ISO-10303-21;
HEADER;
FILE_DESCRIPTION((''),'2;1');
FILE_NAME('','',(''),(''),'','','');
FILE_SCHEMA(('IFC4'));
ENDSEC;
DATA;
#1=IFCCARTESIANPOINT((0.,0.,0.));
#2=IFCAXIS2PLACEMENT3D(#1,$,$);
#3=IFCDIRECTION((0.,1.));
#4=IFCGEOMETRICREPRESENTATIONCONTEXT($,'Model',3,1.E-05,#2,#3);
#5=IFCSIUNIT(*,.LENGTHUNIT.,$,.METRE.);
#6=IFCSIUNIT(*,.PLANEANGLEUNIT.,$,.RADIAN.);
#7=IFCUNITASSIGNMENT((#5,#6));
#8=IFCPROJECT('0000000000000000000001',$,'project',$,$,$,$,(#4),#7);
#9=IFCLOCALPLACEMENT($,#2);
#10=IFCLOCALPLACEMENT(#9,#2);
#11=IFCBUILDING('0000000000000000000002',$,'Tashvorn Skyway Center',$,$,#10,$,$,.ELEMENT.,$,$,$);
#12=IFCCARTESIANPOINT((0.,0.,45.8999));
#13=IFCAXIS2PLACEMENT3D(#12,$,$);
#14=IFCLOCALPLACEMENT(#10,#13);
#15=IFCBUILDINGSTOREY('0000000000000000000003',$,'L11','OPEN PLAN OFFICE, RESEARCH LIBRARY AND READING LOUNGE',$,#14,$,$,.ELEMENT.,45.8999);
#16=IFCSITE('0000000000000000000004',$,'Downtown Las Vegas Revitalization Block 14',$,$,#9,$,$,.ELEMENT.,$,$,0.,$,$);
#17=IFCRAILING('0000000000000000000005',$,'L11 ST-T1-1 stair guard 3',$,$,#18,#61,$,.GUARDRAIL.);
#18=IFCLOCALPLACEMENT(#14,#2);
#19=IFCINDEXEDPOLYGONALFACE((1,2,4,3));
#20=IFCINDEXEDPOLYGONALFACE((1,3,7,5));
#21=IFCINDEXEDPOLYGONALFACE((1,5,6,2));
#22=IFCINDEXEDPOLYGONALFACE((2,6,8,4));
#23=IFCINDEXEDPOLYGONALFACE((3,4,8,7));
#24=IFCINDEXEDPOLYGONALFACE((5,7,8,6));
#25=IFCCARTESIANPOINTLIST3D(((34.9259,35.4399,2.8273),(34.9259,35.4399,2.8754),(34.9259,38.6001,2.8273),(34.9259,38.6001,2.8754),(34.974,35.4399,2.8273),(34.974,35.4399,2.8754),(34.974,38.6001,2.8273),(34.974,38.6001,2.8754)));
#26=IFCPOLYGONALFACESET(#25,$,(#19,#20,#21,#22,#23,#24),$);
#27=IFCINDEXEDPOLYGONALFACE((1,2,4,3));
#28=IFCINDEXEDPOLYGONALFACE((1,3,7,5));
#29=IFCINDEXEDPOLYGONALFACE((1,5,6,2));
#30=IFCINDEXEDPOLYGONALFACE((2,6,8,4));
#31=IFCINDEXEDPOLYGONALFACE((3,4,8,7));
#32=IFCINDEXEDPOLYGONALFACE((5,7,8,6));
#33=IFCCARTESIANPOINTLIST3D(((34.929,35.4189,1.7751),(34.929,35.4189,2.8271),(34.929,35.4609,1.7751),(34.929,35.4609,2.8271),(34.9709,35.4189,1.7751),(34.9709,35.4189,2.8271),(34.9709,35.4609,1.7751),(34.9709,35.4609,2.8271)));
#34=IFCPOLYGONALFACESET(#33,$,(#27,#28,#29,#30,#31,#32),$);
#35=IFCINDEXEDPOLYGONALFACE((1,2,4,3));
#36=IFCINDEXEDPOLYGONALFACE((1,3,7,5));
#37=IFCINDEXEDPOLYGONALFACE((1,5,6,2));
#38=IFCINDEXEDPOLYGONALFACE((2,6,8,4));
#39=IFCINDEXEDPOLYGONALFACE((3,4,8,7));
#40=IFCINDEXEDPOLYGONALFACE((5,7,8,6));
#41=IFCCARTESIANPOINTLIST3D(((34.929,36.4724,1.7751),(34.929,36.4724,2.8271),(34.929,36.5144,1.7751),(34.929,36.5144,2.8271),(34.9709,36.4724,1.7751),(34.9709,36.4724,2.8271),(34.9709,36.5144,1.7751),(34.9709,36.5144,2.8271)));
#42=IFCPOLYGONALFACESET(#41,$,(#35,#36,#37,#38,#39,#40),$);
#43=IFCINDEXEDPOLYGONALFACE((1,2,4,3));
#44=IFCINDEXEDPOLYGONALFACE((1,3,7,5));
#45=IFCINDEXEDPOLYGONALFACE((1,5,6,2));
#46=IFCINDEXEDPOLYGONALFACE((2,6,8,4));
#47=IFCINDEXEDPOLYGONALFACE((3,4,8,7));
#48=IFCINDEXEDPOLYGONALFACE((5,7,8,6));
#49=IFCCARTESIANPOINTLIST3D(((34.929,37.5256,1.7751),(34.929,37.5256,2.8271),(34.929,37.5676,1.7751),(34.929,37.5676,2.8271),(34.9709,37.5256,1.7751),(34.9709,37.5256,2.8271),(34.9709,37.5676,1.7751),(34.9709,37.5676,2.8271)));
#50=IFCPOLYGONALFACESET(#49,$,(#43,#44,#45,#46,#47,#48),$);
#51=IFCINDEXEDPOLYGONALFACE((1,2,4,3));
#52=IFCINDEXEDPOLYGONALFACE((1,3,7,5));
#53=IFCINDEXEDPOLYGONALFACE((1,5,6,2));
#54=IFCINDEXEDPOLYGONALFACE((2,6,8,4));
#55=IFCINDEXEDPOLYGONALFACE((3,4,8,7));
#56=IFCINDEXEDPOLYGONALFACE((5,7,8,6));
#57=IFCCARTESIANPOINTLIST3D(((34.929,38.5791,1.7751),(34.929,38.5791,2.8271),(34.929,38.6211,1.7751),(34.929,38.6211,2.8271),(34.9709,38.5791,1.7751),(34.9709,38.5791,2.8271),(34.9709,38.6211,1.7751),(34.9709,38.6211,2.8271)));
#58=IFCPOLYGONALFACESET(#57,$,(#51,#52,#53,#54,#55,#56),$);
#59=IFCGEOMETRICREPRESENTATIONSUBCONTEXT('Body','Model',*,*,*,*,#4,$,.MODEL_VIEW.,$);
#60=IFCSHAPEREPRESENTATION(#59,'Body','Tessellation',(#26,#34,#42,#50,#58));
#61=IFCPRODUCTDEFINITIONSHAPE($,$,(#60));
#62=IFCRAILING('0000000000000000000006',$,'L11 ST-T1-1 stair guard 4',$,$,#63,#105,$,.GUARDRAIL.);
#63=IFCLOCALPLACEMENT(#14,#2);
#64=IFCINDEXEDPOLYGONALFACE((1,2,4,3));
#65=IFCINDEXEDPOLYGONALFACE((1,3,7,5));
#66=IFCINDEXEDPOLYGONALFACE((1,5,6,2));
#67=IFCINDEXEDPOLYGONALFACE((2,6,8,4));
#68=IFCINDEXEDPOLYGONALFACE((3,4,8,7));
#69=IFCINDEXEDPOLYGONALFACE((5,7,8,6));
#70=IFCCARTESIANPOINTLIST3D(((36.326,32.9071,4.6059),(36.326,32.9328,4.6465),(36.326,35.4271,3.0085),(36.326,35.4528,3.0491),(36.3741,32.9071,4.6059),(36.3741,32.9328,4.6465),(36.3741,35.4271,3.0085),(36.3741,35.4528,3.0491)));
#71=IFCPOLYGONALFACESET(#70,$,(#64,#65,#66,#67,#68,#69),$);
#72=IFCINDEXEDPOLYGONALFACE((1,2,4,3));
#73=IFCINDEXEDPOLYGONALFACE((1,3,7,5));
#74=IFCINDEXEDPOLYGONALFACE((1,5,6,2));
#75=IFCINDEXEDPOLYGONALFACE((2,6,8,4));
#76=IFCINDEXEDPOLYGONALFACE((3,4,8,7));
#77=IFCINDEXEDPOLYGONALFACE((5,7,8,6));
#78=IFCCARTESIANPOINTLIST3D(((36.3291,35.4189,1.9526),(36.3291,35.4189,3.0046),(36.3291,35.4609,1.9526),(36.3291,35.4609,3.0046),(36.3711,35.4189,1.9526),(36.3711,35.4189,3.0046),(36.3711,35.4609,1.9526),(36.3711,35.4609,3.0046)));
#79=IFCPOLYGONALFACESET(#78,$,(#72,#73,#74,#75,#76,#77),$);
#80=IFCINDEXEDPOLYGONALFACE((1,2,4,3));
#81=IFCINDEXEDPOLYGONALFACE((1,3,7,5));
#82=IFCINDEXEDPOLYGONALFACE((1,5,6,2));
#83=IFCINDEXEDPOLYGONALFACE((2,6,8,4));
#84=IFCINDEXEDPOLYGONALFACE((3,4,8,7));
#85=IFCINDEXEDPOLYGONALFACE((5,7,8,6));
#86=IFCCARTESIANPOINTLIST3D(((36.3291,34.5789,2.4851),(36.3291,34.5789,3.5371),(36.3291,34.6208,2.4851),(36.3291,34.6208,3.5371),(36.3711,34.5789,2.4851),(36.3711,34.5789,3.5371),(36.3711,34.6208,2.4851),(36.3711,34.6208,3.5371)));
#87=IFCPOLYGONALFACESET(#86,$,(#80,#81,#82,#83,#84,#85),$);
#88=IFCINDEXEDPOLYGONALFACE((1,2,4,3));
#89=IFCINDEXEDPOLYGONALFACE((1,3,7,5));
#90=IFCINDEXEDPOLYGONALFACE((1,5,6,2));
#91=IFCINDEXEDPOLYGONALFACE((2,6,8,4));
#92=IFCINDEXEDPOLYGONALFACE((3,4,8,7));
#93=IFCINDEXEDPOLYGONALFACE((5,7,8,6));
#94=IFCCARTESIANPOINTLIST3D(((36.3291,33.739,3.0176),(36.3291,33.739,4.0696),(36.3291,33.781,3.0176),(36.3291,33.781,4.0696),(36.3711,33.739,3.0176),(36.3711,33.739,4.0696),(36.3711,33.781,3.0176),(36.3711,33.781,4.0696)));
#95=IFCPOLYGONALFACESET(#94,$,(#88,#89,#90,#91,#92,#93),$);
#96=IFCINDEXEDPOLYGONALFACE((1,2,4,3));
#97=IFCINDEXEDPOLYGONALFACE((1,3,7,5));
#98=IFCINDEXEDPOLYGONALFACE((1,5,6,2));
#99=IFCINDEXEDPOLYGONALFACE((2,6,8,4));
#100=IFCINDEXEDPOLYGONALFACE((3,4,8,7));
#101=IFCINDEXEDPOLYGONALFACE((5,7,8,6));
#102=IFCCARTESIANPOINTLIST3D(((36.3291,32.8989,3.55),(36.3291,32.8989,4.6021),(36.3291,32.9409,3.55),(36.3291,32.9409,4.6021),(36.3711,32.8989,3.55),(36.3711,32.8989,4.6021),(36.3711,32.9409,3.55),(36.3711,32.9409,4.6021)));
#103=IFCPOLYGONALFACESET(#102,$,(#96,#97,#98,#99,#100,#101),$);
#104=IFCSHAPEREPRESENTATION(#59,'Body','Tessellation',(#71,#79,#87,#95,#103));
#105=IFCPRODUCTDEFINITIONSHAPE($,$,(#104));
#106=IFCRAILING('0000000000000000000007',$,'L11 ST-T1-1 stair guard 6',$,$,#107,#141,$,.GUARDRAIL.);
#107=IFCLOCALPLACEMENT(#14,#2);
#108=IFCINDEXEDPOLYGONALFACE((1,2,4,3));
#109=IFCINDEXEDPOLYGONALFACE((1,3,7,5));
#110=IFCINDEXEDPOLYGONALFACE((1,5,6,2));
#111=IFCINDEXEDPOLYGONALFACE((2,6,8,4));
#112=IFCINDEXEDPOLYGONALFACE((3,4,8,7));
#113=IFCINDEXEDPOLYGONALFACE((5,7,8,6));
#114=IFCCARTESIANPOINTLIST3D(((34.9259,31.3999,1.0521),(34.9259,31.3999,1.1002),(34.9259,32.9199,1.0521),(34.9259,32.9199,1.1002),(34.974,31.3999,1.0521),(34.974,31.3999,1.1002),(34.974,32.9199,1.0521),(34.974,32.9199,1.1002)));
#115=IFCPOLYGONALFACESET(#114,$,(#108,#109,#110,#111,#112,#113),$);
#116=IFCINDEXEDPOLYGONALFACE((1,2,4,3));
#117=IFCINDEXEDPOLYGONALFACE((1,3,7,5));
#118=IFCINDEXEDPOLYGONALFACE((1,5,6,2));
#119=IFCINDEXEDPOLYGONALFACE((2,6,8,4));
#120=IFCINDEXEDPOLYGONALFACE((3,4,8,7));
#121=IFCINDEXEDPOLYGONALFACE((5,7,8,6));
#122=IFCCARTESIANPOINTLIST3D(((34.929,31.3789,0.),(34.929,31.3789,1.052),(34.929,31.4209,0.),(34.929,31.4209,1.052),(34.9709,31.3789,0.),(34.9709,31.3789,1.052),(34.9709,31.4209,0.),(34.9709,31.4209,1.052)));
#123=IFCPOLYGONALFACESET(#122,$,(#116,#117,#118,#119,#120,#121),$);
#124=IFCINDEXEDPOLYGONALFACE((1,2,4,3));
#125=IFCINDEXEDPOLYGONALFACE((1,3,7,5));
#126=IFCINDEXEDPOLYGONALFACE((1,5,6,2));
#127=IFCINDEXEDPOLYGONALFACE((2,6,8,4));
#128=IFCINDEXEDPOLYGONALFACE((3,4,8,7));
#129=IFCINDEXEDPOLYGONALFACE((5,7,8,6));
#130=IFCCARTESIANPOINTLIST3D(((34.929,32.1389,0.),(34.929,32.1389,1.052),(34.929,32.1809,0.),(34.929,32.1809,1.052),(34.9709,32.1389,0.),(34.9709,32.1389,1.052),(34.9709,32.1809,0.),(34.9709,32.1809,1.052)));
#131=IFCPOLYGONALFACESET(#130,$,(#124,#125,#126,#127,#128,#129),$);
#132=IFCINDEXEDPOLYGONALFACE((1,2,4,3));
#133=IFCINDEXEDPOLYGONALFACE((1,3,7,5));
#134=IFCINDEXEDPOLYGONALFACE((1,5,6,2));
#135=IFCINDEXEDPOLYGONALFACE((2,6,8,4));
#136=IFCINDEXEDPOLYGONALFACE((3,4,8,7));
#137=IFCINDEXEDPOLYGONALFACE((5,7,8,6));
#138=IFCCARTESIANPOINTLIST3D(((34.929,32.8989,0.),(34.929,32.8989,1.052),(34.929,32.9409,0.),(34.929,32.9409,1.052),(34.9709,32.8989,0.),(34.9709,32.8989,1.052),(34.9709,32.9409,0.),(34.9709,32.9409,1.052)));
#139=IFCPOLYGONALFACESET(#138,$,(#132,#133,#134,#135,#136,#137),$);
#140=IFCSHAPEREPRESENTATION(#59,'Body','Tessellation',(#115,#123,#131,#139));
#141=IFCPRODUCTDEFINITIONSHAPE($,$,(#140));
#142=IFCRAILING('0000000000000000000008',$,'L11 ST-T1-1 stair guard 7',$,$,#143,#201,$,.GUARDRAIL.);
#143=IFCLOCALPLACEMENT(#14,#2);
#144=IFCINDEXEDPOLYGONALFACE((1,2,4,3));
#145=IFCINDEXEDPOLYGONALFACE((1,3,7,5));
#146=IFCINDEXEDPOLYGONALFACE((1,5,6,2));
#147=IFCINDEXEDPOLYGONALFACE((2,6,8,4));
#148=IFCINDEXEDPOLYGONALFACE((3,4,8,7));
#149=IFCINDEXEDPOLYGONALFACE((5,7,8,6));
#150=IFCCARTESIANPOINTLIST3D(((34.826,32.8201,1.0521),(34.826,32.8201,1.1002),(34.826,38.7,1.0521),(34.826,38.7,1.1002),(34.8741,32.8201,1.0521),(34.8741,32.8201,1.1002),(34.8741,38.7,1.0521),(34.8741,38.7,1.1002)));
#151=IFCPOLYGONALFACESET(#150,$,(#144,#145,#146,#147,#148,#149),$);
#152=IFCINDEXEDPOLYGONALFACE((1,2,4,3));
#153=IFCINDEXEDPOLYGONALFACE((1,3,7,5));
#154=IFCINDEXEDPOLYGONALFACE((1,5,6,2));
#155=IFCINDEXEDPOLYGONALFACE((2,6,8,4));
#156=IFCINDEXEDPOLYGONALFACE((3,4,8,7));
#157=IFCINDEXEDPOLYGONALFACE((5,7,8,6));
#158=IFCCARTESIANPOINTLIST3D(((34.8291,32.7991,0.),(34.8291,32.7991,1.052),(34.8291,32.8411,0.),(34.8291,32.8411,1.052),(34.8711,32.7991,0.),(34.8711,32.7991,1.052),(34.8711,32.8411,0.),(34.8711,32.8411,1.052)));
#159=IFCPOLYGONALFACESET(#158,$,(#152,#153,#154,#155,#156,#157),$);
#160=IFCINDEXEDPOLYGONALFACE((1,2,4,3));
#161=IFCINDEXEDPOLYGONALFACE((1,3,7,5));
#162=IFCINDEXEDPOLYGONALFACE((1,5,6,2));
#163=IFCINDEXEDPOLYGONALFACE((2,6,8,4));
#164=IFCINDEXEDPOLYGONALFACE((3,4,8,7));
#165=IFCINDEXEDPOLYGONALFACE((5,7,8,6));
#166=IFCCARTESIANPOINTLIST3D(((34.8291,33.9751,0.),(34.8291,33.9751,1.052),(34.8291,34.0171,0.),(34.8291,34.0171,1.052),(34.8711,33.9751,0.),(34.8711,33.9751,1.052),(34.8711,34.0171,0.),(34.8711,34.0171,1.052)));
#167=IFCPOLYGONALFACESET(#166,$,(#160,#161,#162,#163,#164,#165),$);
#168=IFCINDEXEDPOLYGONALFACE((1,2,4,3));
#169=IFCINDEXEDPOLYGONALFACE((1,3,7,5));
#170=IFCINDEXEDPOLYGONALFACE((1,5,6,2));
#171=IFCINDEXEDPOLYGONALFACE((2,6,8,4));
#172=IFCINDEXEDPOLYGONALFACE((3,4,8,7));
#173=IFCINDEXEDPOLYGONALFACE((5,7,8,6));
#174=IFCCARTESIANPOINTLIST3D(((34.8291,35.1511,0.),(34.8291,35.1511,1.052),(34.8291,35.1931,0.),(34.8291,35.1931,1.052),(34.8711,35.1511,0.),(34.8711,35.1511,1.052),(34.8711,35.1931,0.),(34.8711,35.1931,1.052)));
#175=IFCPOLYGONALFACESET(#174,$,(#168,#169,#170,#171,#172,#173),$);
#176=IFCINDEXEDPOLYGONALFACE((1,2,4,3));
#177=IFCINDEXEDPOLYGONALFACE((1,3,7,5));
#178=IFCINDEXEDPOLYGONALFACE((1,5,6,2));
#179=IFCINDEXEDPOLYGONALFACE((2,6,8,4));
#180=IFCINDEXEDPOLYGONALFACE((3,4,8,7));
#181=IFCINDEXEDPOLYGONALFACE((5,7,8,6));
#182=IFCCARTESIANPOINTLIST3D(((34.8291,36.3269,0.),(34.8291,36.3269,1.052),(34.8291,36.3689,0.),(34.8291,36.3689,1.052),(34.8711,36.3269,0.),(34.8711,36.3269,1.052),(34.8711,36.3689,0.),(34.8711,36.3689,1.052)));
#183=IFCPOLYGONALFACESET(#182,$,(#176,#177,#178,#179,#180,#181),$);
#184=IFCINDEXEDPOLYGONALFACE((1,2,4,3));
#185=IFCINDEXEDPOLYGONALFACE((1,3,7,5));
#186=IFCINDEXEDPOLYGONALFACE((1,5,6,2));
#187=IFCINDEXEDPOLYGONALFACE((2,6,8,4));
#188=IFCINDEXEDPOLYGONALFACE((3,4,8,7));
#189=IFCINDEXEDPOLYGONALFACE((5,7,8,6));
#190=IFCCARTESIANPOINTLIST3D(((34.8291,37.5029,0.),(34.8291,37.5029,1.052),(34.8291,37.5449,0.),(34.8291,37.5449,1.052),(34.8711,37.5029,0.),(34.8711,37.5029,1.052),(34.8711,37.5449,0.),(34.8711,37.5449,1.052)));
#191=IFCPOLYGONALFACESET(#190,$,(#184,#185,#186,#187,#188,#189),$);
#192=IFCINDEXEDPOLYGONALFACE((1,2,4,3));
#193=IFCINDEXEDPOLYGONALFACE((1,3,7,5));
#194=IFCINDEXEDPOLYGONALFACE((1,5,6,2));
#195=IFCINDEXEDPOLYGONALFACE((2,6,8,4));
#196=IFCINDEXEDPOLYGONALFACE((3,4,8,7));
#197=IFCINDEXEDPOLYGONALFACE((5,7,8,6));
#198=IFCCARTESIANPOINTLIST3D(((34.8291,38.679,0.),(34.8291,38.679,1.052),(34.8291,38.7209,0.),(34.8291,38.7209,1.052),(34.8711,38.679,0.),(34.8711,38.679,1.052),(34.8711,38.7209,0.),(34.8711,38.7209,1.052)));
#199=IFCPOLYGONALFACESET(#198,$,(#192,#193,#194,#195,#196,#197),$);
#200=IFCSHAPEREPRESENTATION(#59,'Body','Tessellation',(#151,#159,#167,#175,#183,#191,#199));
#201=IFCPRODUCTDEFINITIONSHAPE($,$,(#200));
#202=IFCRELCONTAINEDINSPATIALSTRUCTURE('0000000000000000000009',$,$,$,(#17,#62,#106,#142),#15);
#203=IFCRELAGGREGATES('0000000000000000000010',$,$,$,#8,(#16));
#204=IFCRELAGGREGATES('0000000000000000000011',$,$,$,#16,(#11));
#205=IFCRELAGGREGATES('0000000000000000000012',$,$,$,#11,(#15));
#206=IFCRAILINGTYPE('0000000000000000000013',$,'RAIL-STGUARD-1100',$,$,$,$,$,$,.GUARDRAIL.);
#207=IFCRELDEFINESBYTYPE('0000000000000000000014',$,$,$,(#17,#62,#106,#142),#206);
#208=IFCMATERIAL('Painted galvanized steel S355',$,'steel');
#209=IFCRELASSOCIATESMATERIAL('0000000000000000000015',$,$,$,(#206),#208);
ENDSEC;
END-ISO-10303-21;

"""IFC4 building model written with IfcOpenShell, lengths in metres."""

from ifc_helpers import new_model, si_unit, direction, frame, origin, origin_2d, place, context, subcontext, project, spatial, rectangle, extrude, material, type_object, element, save


model = new_model("IFC4")

# Units and contexts
model_context = context("Model", 3, precision=1e-05, world=origin(), true_north=direction((0.0, 1.0)))
body_context = subcontext(model_context, "Body", "Model", "MODEL_VIEW")
ifc_project = project(units=[si_unit("LENGTHUNIT", "METRE"), si_unit("PLANEANGLEUNIT", "RADIAN")], contexts=[model_context])

# Site, building, storey
site_placement = place(None, origin())
site = spatial("IfcSite", under=ifc_project, at=site_placement, Name="Downtown Las Vegas Revitalization Block 14", CompositionType="ELEMENT", RefElevation=0.0)
building_placement = place(site_placement, origin())
building = spatial("IfcBuilding", under=site, at=building_placement, Name="Tashvorn Skyway Center", CompositionType="ELEMENT")
storey_placement = place(building_placement, frame((0.0, 0.0, 45.8999)))
storey = spatial("IfcBuildingStorey", under=building, at=storey_placement, Name="L11", Description="OPEN PLAN OFFICE, RESEARCH LIBRARY AND READING LOUNGE", CompositionType="ELEMENT", Elevation=45.8999)

# Railings
ifc_material_1 = material(Name="Painted galvanized steel S355", Category="steel")
railing_type_1 = type_object("IfcRailingType", Name="RAIL-STGUARD-1100", PredefinedType="GUARDRAIL", material=ifc_material_1)
railing_1_placement = place(storey_placement, frame((34.95, 35.4399, 1.7751)))
element("IfcRailing", 1, at=railing_1_placement, inside=storey, type_object=railing_type_1, Name="L11 ST-T1-1 stair guard 3", PredefinedType="GUARDRAIL", context=body_context, shape_type="SweptSolid", body=[
    extrude(rectangle(XDim=0.0481, YDim=0.0481, at=origin_2d()), frame((0.0, 0.0, 1.0762), z_axis=(0.0, 1.0, 0.0), x_axis=(-1.0, 0.0, 0.0)), (0.0, 0.0, 1.0), 3.1602),
    extrude(rectangle(XDim=0.042, YDim=0.042, at=origin_2d()), origin(), (0.0, 0.0, 1.0), 1.052),
    extrude(rectangle(XDim=0.042, YDim=0.042, at=origin_2d()), frame((0.0, 1.0535, 0.0)), (0.0, 0.0, 1.0), 1.052),
    extrude(rectangle(XDim=0.042, YDim=0.042, at=origin_2d()), frame((0.0, 2.1067, 0.0)), (0.0, 0.0, 1.0), 1.052),
    extrude(rectangle(XDim=0.042, YDim=0.042, at=origin_2d()), frame((0.0, 3.1602, 0.0)), (0.0, 0.0, 1.0), 1.052),
])
railing_2_placement = place(storey_placement, frame((36.3501, 35.4399, 1.9526)))
element("IfcRailing", 2, at=railing_2_placement, inside=storey, type_object=railing_type_1, Name="L11 ST-T1-1 stair guard 4", PredefinedType="GUARDRAIL", context=body_context, shape_type="SweptSolid", body=[
    extrude(rectangle(XDim=0.0481, YDim=0.0481, at=origin_2d()), frame((0.0, 0.0, 1.0762), z_axis=(0.0, -0.844607, 0.535387), x_axis=(1.0, 0.0, 0.0)), (0.0, 0.0, 1.0), 2.9836),
    extrude(rectangle(XDim=0.042, YDim=0.042, at=origin_2d()), origin(), (0.0, 0.0, 1.0), 1.052),
    extrude(rectangle(XDim=0.042, YDim=0.042, at=origin_2d()), frame((0.0, -0.8401, 0.5325)), (0.0, 0.0, 1.0), 1.052),
    extrude(rectangle(XDim=0.042, YDim=0.042, at=origin_2d()), frame((0.0, -1.6799, 1.0649)), (0.0, 0.0, 1.0), 1.052),
    extrude(rectangle(XDim=0.042, YDim=0.042, at=origin_2d()), frame((0.0, -2.52, 1.5974)), (0.0, 0.0, 1.0), 1.052),
])
railing_3_placement = place(storey_placement, frame((34.95, 31.3999, 0.0)))
element("IfcRailing", 3, at=railing_3_placement, inside=storey, type_object=railing_type_1, Name="L11 ST-T1-1 stair guard 6", PredefinedType="GUARDRAIL", context=body_context, shape_type="SweptSolid", body=[
    extrude(rectangle(XDim=0.0481, YDim=0.0481, at=origin_2d()), frame((0.0, 0.0, 1.0762), z_axis=(0.0, 1.0, 0.0), x_axis=(-1.0, 0.0, 0.0)), (0.0, 0.0, 1.0), 1.52),
    extrude(rectangle(XDim=0.042, YDim=0.042, at=origin_2d()), origin(), (0.0, 0.0, 1.0), 1.052),
    extrude(rectangle(XDim=0.042, YDim=0.042, at=origin_2d()), frame((0.0, 0.76, 0.0)), (0.0, 0.0, 1.0), 1.052),
    extrude(rectangle(XDim=0.042, YDim=0.042, at=origin_2d()), frame((0.0, 1.52, 0.0)), (0.0, 0.0, 1.0), 1.052),
])
railing_4_placement = place(storey_placement, frame((34.8501, 32.8201, 0.0)))
element("IfcRailing", 4, at=railing_4_placement, inside=storey, type_object=railing_type_1, Name="L11 ST-T1-1 stair guard 7", PredefinedType="GUARDRAIL", context=body_context, shape_type="SweptSolid", body=[
    extrude(rectangle(XDim=0.0481, YDim=0.0481, at=origin_2d()), frame((0.0, 0.0, 1.0762), z_axis=(0.0, 1.0, 0.0), x_axis=(-1.0, 0.0, 0.0)), (0.0, 0.0, 1.0), 5.8799),
    extrude(rectangle(XDim=0.042, YDim=0.042, at=origin_2d()), origin(), (0.0, 0.0, 1.0), 1.052),
    extrude(rectangle(XDim=0.042, YDim=0.042, at=origin_2d()), frame((0.0, 1.176, 0.0)), (0.0, 0.0, 1.0), 1.052),
    extrude(rectangle(XDim=0.042, YDim=0.042, at=origin_2d()), frame((0.0, 2.3521, 0.0)), (0.0, 0.0, 1.0), 1.052),
    extrude(rectangle(XDim=0.042, YDim=0.042, at=origin_2d()), frame((0.0, 3.5278, 0.0)), (0.0, 0.0, 1.0), 1.052),
    extrude(rectangle(XDim=0.042, YDim=0.042, at=origin_2d()), frame((0.0, 4.7039, 0.0)), (0.0, 0.0, 1.0), 1.052),
    extrude(rectangle(XDim=0.042, YDim=0.042, at=origin_2d()), frame((0.0, 5.8799, 0.0)), (0.0, 0.0, 1.0), 1.052),
])

save(model, "model.ifc")
